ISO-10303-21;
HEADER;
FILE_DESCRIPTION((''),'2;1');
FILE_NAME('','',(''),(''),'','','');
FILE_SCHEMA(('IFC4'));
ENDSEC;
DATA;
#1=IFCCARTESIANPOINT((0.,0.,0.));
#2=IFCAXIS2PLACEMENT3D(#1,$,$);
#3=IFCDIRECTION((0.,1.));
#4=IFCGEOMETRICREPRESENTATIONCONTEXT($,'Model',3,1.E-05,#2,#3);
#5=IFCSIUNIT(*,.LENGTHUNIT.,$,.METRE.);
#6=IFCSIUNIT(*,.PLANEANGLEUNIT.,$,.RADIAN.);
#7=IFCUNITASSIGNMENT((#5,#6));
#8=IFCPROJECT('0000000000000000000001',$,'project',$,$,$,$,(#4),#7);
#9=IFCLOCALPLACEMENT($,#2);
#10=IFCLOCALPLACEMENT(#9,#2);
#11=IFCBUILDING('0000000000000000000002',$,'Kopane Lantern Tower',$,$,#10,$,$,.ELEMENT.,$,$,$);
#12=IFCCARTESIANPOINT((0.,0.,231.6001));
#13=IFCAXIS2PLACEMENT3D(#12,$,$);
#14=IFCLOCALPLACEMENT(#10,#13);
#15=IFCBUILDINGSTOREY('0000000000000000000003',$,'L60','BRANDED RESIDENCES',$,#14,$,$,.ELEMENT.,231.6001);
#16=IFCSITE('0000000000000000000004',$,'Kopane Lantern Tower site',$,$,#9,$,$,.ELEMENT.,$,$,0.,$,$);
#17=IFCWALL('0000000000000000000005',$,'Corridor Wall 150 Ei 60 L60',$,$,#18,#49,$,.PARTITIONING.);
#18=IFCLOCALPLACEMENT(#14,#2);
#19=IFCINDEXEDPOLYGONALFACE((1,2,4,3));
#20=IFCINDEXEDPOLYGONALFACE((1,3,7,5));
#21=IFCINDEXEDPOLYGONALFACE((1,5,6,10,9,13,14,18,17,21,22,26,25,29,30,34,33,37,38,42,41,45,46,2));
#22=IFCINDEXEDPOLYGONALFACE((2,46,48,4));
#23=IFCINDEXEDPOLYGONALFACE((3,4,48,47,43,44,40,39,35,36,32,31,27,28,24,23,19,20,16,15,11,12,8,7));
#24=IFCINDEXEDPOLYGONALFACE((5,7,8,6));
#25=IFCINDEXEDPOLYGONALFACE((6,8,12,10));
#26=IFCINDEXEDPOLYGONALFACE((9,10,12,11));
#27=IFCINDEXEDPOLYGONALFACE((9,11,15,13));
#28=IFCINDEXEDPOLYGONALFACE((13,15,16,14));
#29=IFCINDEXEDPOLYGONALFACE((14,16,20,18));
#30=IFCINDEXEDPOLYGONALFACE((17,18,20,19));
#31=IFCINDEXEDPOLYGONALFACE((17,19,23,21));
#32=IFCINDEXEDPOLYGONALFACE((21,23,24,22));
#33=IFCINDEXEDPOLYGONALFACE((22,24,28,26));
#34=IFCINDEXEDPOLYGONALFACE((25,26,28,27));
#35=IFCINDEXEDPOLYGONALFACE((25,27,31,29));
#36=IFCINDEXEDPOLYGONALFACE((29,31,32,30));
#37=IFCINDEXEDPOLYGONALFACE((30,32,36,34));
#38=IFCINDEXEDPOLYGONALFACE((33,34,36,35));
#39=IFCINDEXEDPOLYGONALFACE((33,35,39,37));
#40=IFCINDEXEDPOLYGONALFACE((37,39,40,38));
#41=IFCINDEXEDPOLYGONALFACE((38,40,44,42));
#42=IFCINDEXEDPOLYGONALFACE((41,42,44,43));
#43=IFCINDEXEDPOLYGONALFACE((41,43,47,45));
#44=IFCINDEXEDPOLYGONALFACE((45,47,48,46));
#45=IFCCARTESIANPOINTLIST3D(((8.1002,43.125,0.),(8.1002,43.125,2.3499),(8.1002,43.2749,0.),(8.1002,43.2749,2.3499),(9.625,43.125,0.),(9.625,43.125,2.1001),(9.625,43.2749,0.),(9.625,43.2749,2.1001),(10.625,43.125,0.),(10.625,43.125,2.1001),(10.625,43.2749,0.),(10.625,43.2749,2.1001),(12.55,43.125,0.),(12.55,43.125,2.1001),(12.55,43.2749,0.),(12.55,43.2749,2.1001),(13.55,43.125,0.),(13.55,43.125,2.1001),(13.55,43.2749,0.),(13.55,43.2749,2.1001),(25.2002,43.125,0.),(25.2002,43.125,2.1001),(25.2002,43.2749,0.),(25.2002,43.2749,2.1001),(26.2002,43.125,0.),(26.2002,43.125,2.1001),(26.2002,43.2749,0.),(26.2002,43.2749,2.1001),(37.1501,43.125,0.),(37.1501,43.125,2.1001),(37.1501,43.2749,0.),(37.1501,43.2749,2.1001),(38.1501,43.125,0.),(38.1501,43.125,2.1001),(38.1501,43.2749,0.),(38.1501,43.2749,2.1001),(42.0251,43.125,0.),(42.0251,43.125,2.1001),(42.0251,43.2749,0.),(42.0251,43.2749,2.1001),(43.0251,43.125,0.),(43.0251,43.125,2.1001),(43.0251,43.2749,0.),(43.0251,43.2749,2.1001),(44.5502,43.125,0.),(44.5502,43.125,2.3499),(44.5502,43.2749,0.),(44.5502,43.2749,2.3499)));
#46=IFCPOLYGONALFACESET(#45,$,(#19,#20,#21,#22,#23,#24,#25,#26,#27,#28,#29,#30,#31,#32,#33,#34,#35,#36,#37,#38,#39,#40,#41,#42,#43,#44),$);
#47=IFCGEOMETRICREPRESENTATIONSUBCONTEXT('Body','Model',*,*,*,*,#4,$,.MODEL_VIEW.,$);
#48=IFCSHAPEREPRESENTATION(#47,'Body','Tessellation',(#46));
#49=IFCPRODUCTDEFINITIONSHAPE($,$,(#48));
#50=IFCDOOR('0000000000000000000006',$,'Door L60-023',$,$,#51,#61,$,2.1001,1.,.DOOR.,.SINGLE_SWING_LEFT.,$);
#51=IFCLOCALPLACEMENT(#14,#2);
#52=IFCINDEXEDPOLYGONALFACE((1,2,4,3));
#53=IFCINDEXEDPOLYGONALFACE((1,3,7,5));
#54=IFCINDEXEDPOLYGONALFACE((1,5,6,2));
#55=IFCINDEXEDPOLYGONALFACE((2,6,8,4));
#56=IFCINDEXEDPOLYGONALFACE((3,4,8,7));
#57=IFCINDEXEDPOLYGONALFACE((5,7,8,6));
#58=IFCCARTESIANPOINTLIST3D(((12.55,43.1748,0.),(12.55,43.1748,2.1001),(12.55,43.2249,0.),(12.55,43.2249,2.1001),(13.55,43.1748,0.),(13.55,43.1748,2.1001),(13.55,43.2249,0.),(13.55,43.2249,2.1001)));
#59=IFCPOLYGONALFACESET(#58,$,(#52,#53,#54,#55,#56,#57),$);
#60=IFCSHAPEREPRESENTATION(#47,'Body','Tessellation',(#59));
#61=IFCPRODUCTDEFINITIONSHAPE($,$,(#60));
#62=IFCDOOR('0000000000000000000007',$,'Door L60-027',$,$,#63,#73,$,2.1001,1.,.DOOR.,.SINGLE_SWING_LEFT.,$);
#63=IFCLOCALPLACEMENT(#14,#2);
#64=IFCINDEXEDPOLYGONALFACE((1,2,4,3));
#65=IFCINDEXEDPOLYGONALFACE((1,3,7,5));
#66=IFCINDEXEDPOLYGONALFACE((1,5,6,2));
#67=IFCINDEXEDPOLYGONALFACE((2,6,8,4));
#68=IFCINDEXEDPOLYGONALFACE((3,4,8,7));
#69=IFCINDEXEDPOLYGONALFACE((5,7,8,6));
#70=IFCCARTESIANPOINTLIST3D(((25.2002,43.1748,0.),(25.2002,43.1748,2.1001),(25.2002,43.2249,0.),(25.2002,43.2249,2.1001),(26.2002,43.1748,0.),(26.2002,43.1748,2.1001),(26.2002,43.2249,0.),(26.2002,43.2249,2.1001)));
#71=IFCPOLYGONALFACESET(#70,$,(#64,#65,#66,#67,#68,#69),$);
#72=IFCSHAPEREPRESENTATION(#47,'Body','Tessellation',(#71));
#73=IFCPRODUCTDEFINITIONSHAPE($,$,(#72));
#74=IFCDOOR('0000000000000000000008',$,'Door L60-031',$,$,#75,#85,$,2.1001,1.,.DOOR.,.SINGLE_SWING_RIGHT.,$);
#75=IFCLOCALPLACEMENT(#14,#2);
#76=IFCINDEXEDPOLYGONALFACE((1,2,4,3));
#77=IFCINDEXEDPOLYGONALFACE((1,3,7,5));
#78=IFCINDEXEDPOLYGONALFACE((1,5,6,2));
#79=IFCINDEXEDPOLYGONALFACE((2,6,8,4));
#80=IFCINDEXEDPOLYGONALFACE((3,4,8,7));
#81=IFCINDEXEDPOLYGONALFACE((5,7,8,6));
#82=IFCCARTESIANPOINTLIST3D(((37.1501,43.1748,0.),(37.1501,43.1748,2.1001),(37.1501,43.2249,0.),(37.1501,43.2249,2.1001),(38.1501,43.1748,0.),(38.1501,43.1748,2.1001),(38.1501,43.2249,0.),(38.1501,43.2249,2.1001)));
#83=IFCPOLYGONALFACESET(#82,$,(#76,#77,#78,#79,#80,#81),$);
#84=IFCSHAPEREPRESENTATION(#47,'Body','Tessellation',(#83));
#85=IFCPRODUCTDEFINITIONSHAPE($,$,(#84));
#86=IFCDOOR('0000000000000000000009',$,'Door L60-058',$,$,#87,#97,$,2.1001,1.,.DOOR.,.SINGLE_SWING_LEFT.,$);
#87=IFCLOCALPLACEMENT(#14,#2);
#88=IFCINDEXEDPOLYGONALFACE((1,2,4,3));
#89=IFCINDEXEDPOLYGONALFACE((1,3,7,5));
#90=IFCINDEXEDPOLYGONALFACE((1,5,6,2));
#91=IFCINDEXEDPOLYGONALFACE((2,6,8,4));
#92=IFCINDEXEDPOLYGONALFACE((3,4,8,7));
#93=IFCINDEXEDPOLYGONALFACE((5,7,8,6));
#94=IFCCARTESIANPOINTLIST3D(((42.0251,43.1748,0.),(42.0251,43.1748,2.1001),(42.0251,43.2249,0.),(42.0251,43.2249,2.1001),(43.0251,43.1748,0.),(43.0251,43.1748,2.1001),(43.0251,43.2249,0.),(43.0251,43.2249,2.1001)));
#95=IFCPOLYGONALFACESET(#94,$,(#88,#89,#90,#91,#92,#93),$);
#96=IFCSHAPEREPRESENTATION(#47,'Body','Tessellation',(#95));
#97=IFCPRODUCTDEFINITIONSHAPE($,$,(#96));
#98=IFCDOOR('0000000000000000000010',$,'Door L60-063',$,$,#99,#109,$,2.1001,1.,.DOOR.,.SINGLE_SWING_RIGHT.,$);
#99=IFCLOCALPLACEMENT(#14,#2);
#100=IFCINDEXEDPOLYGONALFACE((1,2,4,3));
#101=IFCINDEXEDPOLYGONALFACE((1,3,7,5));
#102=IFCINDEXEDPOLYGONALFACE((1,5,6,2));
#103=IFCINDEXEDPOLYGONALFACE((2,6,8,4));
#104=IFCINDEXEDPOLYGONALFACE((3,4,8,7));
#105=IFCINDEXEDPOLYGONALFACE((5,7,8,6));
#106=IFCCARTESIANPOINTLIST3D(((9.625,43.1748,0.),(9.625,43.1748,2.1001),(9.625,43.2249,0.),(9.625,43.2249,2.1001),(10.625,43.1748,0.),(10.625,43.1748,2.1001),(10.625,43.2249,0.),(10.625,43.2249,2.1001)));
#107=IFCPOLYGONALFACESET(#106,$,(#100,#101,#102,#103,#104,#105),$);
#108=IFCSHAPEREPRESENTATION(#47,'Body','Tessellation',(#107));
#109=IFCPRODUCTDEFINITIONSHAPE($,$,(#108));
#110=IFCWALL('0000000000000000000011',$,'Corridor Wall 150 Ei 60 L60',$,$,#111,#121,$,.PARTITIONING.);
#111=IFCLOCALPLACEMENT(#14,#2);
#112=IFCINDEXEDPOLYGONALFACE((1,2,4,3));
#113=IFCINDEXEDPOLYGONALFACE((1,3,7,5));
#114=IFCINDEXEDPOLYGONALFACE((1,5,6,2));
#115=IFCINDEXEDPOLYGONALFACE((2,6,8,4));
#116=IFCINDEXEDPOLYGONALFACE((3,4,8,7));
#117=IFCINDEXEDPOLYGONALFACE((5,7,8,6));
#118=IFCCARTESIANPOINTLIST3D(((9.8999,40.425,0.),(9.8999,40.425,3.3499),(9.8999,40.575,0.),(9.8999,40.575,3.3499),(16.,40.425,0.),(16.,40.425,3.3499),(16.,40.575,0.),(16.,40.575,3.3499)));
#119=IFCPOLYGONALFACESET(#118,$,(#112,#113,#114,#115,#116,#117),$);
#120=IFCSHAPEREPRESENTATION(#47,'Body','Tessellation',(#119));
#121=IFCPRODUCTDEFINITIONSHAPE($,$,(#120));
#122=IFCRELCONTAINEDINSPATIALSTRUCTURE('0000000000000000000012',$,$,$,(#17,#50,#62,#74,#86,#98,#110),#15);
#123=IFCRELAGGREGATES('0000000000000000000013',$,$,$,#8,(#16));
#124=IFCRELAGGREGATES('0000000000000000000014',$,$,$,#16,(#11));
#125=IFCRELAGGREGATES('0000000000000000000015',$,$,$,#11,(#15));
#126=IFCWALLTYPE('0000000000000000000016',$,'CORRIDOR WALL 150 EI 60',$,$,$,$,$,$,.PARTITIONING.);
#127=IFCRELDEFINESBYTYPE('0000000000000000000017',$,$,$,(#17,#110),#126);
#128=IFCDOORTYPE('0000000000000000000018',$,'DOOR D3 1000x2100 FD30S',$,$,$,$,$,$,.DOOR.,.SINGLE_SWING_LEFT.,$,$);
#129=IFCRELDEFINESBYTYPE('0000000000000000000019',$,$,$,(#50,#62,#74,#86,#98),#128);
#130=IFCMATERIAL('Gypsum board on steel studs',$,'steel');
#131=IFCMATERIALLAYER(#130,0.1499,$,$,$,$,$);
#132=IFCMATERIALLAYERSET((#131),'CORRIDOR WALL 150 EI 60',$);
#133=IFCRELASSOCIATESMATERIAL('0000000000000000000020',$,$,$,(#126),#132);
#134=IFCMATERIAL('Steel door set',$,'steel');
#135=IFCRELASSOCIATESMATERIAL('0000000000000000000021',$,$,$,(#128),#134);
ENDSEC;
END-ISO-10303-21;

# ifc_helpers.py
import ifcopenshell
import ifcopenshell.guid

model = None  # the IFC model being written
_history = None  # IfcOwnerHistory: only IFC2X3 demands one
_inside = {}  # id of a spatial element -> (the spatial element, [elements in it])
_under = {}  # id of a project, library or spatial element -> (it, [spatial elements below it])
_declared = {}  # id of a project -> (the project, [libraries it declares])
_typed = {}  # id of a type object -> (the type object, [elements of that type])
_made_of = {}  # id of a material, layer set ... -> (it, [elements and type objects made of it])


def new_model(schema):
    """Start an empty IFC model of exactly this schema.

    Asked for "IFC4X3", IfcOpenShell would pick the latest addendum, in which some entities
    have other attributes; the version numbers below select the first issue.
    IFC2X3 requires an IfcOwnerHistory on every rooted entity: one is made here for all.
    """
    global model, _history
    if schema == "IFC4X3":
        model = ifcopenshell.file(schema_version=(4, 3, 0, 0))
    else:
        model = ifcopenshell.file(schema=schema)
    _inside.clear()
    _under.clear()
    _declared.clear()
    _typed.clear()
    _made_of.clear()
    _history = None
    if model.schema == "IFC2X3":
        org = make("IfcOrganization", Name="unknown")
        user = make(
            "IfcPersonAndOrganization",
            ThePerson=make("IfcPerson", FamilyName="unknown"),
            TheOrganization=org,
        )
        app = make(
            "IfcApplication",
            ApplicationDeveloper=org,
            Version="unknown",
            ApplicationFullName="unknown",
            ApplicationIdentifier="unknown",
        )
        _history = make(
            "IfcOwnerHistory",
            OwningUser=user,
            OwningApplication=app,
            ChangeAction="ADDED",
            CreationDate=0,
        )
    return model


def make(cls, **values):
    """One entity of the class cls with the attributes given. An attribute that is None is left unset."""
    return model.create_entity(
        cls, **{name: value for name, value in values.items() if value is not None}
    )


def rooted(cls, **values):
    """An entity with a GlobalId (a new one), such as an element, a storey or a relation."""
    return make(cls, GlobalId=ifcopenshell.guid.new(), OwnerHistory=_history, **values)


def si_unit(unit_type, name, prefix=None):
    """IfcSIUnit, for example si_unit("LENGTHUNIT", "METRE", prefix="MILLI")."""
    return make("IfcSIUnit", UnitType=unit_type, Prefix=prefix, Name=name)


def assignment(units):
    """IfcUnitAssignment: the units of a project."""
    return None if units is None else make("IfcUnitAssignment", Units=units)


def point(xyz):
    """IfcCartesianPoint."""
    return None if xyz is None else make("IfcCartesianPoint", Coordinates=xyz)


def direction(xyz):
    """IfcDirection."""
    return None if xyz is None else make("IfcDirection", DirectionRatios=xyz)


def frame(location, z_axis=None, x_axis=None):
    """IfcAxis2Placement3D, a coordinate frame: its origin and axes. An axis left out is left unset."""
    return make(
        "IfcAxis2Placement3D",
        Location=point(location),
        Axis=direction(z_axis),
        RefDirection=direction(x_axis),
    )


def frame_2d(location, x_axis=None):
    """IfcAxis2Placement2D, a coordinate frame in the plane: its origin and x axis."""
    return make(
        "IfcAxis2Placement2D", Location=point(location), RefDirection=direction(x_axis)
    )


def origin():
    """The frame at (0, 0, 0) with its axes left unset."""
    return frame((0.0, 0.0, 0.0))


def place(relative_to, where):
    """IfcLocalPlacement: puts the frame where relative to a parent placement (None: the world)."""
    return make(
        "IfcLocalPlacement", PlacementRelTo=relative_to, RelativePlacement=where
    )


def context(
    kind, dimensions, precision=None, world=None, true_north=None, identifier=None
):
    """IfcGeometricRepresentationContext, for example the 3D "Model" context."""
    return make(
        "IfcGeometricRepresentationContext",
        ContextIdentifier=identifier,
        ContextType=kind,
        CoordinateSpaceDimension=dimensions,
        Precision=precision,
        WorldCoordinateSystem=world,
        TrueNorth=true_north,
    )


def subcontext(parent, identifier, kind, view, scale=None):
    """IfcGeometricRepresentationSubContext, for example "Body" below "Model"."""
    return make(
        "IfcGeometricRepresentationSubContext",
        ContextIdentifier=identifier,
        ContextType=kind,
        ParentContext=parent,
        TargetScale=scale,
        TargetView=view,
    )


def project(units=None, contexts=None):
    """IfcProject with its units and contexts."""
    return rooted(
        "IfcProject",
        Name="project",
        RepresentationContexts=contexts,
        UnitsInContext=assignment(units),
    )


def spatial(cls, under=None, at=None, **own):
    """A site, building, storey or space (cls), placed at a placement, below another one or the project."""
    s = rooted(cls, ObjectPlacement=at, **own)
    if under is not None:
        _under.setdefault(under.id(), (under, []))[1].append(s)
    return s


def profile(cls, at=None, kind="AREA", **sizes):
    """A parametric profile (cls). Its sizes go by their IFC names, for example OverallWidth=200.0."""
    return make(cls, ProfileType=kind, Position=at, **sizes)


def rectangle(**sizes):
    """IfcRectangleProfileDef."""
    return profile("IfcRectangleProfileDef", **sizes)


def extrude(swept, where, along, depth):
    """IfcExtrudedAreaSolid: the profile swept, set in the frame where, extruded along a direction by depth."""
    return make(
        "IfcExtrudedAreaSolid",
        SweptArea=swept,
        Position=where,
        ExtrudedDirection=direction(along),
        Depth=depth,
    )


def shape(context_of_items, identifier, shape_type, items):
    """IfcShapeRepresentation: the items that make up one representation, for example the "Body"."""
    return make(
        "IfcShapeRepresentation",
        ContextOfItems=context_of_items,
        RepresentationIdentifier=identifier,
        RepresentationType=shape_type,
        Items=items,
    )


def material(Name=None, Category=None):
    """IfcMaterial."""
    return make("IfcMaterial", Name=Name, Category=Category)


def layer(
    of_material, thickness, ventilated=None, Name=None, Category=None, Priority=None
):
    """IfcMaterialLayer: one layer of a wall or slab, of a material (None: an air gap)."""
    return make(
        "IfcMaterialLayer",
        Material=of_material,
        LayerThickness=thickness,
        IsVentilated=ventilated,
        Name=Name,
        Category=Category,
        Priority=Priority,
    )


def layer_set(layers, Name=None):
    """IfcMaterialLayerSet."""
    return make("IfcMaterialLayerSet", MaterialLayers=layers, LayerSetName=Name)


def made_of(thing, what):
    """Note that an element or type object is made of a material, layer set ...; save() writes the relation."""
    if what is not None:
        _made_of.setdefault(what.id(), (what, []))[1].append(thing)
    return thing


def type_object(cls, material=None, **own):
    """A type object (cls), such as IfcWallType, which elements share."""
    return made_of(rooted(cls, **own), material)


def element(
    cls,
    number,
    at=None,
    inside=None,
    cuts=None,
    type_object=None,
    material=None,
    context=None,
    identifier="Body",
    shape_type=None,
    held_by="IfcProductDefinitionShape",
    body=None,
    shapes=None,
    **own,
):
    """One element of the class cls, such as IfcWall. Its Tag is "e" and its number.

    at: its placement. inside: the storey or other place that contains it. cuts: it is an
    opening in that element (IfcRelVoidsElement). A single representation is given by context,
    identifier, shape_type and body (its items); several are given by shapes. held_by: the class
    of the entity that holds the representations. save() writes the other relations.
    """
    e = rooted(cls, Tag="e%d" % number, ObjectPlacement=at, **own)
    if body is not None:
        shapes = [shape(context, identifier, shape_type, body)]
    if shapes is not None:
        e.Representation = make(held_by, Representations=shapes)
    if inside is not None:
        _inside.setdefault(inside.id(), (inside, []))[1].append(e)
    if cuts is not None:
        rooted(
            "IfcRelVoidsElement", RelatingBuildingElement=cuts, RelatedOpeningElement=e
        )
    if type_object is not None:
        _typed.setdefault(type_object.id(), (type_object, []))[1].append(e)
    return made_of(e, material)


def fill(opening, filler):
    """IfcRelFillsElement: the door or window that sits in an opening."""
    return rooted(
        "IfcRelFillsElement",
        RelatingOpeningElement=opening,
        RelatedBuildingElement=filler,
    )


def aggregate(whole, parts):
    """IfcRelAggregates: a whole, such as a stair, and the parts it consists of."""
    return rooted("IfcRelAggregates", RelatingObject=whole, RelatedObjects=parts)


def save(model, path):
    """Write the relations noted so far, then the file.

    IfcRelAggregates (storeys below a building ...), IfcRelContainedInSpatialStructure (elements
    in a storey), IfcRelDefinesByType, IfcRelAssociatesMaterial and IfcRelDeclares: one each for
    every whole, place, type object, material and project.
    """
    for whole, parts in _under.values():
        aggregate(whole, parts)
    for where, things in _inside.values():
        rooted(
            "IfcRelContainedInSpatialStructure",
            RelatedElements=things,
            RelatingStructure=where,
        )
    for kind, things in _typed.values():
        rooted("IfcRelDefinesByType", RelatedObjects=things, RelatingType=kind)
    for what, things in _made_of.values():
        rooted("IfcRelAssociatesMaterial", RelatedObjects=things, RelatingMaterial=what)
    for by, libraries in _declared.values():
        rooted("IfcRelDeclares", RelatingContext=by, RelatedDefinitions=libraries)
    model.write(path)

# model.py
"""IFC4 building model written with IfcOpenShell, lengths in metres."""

from ifc_helpers import new_model, si_unit, direction, frame, frame_2d, origin, place, context, subcontext, project, spatial, rectangle, extrude, material, layer, layer_set, type_object, element, fill, save


model = new_model("IFC4")

# Units and contexts
model_context = context("Model", 3, precision=1e-05, world=origin(), true_north=direction((0.0, 1.0)))
body_context = subcontext(model_context, "Body", "Model", "MODEL_VIEW")
ifc_project = project(units=[si_unit("LENGTHUNIT", "METRE"), si_unit("PLANEANGLEUNIT", "RADIAN")], contexts=[model_context])

# Site, building, storey
site_placement = place(None, origin())
site = spatial("IfcSite", under=ifc_project, at=site_placement, Name="Kopane Lantern Tower site", CompositionType="ELEMENT", RefElevation=0.0)
building_placement = place(site_placement, origin())
building = spatial("IfcBuilding", under=site, at=building_placement, Name="Kopane Lantern Tower", CompositionType="ELEMENT")
storey_placement = place(building_placement, frame((0.0, 0.0, 231.6001)))
storey = spatial("IfcBuildingStorey", under=building, at=storey_placement, Name="L60", Description="BRANDED RESIDENCES", CompositionType="ELEMENT", Elevation=231.6001)

# Wall, openings, doors
ifc_material_1 = material(Name="Gypsum board on steel studs", Category="steel")
ifc_layer_1 = layer(ifc_material_1, 0.1499)
ifc_layer_set_1 = layer_set([ifc_layer_1], Name="CORRIDOR WALL 150 EI 60")
wall_type_1 = type_object("IfcWallType", Name="CORRIDOR WALL 150 EI 60", PredefinedType="PARTITIONING", material=ifc_layer_set_1)
wall_1_placement = place(storey_placement, frame((8.1001, 43.2, 0.0), z_axis=(0.0, 0.0, 1.0), x_axis=(1.0, 0.0, 0.0)))
wall_1 = element("IfcWall", 1, at=wall_1_placement, inside=storey, type_object=wall_type_1, Name="Corridor Wall 150 Ei 60 L60", PredefinedType="PARTITIONING", context=body_context, shape_type="SweptSolid", body=[
    extrude(rectangle(XDim=36.45, YDim=0.1499, at=frame_2d((18.2251, 0.0))), origin(), (0.0, 0.0, 1.0), 2.3499),
])
opening_1_placement = place(wall_1_placement, frame((4.45, 0.0, 0.0)))
opening_1 = element("IfcOpeningElement", 2, at=opening_1_placement, cuts=wall_1, PredefinedType="OPENING", context=body_context, shape_type="SweptSolid", body=[
    extrude(rectangle(XDim=1.0, YDim=2.1001, at=frame_2d((0.5, 1.05))), frame((0.0, 0.085, 0.0), z_axis=(0.0, -1.0, 0.0), x_axis=(1.0, 0.0, 0.0)), (0.0, 0.0, 1.0), 0.1699),
])
opening_2_placement = place(wall_1_placement, frame((17.1001, 0.0, 0.0)))
opening_2 = element("IfcOpeningElement", 3, at=opening_2_placement, cuts=wall_1, PredefinedType="OPENING", context=body_context, shape_type="SweptSolid", body=[
    extrude(rectangle(XDim=1.0, YDim=2.1001, at=frame_2d((0.5, 1.05))), frame((0.0, 0.085, 0.0), z_axis=(0.0, -1.0, 0.0), x_axis=(1.0, 0.0, 0.0)), (0.0, 0.0, 1.0), 0.1699),
])
opening_3_placement = place(wall_1_placement, frame((29.05, 0.0, 0.0)))
opening_3 = element("IfcOpeningElement", 4, at=opening_3_placement, cuts=wall_1, PredefinedType="OPENING", context=body_context, shape_type="SweptSolid", body=[
    extrude(rectangle(XDim=1.0, YDim=2.1001, at=frame_2d((0.5, 1.05))), frame((0.0, 0.085, 0.0), z_axis=(0.0, -1.0, 0.0), x_axis=(1.0, 0.0, 0.0)), (0.0, 0.0, 1.0), 0.1699),
])
opening_4_placement = place(wall_1_placement, frame((33.925, 0.0, 0.0)))
opening_4 = element("IfcOpeningElement", 5, at=opening_4_placement, cuts=wall_1, PredefinedType="OPENING", context=body_context, shape_type="SweptSolid", body=[
    extrude(rectangle(XDim=1.0, YDim=2.1001, at=frame_2d((0.5, 1.05))), frame((0.0, 0.085, 0.0), z_axis=(0.0, -1.0, 0.0), x_axis=(1.0, 0.0, 0.0)), (0.0, 0.0, 1.0), 0.1699),
])
opening_5_placement = place(wall_1_placement, frame((1.5249, 0.0, 0.0)))
opening_5 = element("IfcOpeningElement", 6, at=opening_5_placement, cuts=wall_1, PredefinedType="OPENING", context=body_context, shape_type="SweptSolid", body=[
    extrude(rectangle(XDim=1.0, YDim=2.1001, at=frame_2d((0.5, 1.05))), frame((0.0, 0.085, 0.0), z_axis=(0.0, -1.0, 0.0), x_axis=(1.0, 0.0, 0.0)), (0.0, 0.0, 1.0), 0.1699),
])
ifc_material_2 = material(Name="Steel door set", Category="steel")
door_type_1 = type_object("IfcDoorType", Name="DOOR D3 1000x2100 FD30S", OperationType="SINGLE_SWING_LEFT", PredefinedType="DOOR", material=ifc_material_2)
door_1_placement = place(opening_1_placement, origin())
door_1 = element("IfcDoor", 7, at=door_1_placement, inside=storey, type_object=door_type_1, Name="Door L60-023", OperationType="SINGLE_SWING_LEFT", OverallHeight=2.1001, OverallWidth=1.0, PredefinedType="DOOR", context=body_context, shape_type="SweptSolid", body=[
    extrude(rectangle(XDim=1.0, YDim=2.1001, at=frame_2d((0.5, 1.05))), frame((0.0, 0.0249, 0.0), z_axis=(0.0, -1.0, 0.0), x_axis=(1.0, 0.0, 0.0)), (0.0, 0.0, 1.0), 0.05),
])
fill(opening_1, door_1)
door_2_placement = place(opening_2_placement, origin())
door_2 = element("IfcDoor", 8, at=door_2_placement, inside=storey, type_object=door_type_1, Name="Door L60-027", OperationType="SINGLE_SWING_LEFT", OverallHeight=2.1001, OverallWidth=1.0, PredefinedType="DOOR", context=body_context, shape_type="SweptSolid", body=[
    extrude(rectangle(XDim=1.0, YDim=2.1001, at=frame_2d((0.5, 1.05))), frame((0.0, 0.0249, 0.0), z_axis=(0.0, -1.0, 0.0), x_axis=(1.0, 0.0, 0.0)), (0.0, 0.0, 1.0), 0.05),
])
fill(opening_2, door_2)
door_3_placement = place(opening_3_placement, origin())
door_3 = element("IfcDoor", 9, at=door_3_placement, inside=storey, type_object=door_type_1, Name="Door L60-031", OperationType="SINGLE_SWING_RIGHT", OverallHeight=2.1001, OverallWidth=1.0, PredefinedType="DOOR", context=body_context, shape_type="SweptSolid", body=[
    extrude(rectangle(XDim=1.0, YDim=2.1001, at=frame_2d((0.5, 1.05))), frame((0.0, 0.0249, 0.0), z_axis=(0.0, -1.0, 0.0), x_axis=(1.0, 0.0, 0.0)), (0.0, 0.0, 1.0), 0.05),
])
fill(opening_3, door_3)
door_4_placement = place(opening_4_placement, origin())
door_4 = element("IfcDoor", 10, at=door_4_placement, inside=storey, type_object=door_type_1, Name="Door L60-058", OperationType="SINGLE_SWING_LEFT", OverallHeight=2.1001, OverallWidth=1.0, PredefinedType="DOOR", context=body_context, shape_type="SweptSolid", body=[
    extrude(rectangle(XDim=1.0, YDim=2.1001, at=frame_2d((0.5, 1.05))), frame((0.0, 0.0249, 0.0), z_axis=(0.0, -1.0, 0.0), x_axis=(1.0, 0.0, 0.0)), (0.0, 0.0, 1.0), 0.05),
])
fill(opening_4, door_4)
door_5_placement = place(opening_5_placement, origin())
door_5 = element("IfcDoor", 11, at=door_5_placement, inside=storey, type_object=door_type_1, Name="Door L60-063", OperationType="SINGLE_SWING_RIGHT", OverallHeight=2.1001, OverallWidth=1.0, PredefinedType="DOOR", context=body_context, shape_type="SweptSolid", body=[
    extrude(rectangle(XDim=1.0, YDim=2.1001, at=frame_2d((0.5, 1.05))), frame((0.0, 0.0249, 0.0), z_axis=(0.0, -1.0, 0.0), x_axis=(1.0, 0.0, 0.0)), (0.0, 0.0, 1.0), 0.05),
])
fill(opening_5, door_5)

# Wall
wall_2_placement = place(storey_placement, frame((16.0, 40.5, 0.0), z_axis=(0.0, 0.0, 1.0), x_axis=(-1.0, 0.0, 0.0)))
element("IfcWall", 12, at=wall_2_placement, inside=storey, type_object=wall_type_1, Name="Corridor Wall 150 Ei 60 L60", PredefinedType="PARTITIONING", context=body_context, shape_type="SweptSolid", body=[
    extrude(rectangle(XDim=6.1001, YDim=0.1499, at=frame_2d((3.05, 0.0))), origin(), (0.0, 0.0, 1.0), 3.3499),
])

save(model, "model.ifc")
